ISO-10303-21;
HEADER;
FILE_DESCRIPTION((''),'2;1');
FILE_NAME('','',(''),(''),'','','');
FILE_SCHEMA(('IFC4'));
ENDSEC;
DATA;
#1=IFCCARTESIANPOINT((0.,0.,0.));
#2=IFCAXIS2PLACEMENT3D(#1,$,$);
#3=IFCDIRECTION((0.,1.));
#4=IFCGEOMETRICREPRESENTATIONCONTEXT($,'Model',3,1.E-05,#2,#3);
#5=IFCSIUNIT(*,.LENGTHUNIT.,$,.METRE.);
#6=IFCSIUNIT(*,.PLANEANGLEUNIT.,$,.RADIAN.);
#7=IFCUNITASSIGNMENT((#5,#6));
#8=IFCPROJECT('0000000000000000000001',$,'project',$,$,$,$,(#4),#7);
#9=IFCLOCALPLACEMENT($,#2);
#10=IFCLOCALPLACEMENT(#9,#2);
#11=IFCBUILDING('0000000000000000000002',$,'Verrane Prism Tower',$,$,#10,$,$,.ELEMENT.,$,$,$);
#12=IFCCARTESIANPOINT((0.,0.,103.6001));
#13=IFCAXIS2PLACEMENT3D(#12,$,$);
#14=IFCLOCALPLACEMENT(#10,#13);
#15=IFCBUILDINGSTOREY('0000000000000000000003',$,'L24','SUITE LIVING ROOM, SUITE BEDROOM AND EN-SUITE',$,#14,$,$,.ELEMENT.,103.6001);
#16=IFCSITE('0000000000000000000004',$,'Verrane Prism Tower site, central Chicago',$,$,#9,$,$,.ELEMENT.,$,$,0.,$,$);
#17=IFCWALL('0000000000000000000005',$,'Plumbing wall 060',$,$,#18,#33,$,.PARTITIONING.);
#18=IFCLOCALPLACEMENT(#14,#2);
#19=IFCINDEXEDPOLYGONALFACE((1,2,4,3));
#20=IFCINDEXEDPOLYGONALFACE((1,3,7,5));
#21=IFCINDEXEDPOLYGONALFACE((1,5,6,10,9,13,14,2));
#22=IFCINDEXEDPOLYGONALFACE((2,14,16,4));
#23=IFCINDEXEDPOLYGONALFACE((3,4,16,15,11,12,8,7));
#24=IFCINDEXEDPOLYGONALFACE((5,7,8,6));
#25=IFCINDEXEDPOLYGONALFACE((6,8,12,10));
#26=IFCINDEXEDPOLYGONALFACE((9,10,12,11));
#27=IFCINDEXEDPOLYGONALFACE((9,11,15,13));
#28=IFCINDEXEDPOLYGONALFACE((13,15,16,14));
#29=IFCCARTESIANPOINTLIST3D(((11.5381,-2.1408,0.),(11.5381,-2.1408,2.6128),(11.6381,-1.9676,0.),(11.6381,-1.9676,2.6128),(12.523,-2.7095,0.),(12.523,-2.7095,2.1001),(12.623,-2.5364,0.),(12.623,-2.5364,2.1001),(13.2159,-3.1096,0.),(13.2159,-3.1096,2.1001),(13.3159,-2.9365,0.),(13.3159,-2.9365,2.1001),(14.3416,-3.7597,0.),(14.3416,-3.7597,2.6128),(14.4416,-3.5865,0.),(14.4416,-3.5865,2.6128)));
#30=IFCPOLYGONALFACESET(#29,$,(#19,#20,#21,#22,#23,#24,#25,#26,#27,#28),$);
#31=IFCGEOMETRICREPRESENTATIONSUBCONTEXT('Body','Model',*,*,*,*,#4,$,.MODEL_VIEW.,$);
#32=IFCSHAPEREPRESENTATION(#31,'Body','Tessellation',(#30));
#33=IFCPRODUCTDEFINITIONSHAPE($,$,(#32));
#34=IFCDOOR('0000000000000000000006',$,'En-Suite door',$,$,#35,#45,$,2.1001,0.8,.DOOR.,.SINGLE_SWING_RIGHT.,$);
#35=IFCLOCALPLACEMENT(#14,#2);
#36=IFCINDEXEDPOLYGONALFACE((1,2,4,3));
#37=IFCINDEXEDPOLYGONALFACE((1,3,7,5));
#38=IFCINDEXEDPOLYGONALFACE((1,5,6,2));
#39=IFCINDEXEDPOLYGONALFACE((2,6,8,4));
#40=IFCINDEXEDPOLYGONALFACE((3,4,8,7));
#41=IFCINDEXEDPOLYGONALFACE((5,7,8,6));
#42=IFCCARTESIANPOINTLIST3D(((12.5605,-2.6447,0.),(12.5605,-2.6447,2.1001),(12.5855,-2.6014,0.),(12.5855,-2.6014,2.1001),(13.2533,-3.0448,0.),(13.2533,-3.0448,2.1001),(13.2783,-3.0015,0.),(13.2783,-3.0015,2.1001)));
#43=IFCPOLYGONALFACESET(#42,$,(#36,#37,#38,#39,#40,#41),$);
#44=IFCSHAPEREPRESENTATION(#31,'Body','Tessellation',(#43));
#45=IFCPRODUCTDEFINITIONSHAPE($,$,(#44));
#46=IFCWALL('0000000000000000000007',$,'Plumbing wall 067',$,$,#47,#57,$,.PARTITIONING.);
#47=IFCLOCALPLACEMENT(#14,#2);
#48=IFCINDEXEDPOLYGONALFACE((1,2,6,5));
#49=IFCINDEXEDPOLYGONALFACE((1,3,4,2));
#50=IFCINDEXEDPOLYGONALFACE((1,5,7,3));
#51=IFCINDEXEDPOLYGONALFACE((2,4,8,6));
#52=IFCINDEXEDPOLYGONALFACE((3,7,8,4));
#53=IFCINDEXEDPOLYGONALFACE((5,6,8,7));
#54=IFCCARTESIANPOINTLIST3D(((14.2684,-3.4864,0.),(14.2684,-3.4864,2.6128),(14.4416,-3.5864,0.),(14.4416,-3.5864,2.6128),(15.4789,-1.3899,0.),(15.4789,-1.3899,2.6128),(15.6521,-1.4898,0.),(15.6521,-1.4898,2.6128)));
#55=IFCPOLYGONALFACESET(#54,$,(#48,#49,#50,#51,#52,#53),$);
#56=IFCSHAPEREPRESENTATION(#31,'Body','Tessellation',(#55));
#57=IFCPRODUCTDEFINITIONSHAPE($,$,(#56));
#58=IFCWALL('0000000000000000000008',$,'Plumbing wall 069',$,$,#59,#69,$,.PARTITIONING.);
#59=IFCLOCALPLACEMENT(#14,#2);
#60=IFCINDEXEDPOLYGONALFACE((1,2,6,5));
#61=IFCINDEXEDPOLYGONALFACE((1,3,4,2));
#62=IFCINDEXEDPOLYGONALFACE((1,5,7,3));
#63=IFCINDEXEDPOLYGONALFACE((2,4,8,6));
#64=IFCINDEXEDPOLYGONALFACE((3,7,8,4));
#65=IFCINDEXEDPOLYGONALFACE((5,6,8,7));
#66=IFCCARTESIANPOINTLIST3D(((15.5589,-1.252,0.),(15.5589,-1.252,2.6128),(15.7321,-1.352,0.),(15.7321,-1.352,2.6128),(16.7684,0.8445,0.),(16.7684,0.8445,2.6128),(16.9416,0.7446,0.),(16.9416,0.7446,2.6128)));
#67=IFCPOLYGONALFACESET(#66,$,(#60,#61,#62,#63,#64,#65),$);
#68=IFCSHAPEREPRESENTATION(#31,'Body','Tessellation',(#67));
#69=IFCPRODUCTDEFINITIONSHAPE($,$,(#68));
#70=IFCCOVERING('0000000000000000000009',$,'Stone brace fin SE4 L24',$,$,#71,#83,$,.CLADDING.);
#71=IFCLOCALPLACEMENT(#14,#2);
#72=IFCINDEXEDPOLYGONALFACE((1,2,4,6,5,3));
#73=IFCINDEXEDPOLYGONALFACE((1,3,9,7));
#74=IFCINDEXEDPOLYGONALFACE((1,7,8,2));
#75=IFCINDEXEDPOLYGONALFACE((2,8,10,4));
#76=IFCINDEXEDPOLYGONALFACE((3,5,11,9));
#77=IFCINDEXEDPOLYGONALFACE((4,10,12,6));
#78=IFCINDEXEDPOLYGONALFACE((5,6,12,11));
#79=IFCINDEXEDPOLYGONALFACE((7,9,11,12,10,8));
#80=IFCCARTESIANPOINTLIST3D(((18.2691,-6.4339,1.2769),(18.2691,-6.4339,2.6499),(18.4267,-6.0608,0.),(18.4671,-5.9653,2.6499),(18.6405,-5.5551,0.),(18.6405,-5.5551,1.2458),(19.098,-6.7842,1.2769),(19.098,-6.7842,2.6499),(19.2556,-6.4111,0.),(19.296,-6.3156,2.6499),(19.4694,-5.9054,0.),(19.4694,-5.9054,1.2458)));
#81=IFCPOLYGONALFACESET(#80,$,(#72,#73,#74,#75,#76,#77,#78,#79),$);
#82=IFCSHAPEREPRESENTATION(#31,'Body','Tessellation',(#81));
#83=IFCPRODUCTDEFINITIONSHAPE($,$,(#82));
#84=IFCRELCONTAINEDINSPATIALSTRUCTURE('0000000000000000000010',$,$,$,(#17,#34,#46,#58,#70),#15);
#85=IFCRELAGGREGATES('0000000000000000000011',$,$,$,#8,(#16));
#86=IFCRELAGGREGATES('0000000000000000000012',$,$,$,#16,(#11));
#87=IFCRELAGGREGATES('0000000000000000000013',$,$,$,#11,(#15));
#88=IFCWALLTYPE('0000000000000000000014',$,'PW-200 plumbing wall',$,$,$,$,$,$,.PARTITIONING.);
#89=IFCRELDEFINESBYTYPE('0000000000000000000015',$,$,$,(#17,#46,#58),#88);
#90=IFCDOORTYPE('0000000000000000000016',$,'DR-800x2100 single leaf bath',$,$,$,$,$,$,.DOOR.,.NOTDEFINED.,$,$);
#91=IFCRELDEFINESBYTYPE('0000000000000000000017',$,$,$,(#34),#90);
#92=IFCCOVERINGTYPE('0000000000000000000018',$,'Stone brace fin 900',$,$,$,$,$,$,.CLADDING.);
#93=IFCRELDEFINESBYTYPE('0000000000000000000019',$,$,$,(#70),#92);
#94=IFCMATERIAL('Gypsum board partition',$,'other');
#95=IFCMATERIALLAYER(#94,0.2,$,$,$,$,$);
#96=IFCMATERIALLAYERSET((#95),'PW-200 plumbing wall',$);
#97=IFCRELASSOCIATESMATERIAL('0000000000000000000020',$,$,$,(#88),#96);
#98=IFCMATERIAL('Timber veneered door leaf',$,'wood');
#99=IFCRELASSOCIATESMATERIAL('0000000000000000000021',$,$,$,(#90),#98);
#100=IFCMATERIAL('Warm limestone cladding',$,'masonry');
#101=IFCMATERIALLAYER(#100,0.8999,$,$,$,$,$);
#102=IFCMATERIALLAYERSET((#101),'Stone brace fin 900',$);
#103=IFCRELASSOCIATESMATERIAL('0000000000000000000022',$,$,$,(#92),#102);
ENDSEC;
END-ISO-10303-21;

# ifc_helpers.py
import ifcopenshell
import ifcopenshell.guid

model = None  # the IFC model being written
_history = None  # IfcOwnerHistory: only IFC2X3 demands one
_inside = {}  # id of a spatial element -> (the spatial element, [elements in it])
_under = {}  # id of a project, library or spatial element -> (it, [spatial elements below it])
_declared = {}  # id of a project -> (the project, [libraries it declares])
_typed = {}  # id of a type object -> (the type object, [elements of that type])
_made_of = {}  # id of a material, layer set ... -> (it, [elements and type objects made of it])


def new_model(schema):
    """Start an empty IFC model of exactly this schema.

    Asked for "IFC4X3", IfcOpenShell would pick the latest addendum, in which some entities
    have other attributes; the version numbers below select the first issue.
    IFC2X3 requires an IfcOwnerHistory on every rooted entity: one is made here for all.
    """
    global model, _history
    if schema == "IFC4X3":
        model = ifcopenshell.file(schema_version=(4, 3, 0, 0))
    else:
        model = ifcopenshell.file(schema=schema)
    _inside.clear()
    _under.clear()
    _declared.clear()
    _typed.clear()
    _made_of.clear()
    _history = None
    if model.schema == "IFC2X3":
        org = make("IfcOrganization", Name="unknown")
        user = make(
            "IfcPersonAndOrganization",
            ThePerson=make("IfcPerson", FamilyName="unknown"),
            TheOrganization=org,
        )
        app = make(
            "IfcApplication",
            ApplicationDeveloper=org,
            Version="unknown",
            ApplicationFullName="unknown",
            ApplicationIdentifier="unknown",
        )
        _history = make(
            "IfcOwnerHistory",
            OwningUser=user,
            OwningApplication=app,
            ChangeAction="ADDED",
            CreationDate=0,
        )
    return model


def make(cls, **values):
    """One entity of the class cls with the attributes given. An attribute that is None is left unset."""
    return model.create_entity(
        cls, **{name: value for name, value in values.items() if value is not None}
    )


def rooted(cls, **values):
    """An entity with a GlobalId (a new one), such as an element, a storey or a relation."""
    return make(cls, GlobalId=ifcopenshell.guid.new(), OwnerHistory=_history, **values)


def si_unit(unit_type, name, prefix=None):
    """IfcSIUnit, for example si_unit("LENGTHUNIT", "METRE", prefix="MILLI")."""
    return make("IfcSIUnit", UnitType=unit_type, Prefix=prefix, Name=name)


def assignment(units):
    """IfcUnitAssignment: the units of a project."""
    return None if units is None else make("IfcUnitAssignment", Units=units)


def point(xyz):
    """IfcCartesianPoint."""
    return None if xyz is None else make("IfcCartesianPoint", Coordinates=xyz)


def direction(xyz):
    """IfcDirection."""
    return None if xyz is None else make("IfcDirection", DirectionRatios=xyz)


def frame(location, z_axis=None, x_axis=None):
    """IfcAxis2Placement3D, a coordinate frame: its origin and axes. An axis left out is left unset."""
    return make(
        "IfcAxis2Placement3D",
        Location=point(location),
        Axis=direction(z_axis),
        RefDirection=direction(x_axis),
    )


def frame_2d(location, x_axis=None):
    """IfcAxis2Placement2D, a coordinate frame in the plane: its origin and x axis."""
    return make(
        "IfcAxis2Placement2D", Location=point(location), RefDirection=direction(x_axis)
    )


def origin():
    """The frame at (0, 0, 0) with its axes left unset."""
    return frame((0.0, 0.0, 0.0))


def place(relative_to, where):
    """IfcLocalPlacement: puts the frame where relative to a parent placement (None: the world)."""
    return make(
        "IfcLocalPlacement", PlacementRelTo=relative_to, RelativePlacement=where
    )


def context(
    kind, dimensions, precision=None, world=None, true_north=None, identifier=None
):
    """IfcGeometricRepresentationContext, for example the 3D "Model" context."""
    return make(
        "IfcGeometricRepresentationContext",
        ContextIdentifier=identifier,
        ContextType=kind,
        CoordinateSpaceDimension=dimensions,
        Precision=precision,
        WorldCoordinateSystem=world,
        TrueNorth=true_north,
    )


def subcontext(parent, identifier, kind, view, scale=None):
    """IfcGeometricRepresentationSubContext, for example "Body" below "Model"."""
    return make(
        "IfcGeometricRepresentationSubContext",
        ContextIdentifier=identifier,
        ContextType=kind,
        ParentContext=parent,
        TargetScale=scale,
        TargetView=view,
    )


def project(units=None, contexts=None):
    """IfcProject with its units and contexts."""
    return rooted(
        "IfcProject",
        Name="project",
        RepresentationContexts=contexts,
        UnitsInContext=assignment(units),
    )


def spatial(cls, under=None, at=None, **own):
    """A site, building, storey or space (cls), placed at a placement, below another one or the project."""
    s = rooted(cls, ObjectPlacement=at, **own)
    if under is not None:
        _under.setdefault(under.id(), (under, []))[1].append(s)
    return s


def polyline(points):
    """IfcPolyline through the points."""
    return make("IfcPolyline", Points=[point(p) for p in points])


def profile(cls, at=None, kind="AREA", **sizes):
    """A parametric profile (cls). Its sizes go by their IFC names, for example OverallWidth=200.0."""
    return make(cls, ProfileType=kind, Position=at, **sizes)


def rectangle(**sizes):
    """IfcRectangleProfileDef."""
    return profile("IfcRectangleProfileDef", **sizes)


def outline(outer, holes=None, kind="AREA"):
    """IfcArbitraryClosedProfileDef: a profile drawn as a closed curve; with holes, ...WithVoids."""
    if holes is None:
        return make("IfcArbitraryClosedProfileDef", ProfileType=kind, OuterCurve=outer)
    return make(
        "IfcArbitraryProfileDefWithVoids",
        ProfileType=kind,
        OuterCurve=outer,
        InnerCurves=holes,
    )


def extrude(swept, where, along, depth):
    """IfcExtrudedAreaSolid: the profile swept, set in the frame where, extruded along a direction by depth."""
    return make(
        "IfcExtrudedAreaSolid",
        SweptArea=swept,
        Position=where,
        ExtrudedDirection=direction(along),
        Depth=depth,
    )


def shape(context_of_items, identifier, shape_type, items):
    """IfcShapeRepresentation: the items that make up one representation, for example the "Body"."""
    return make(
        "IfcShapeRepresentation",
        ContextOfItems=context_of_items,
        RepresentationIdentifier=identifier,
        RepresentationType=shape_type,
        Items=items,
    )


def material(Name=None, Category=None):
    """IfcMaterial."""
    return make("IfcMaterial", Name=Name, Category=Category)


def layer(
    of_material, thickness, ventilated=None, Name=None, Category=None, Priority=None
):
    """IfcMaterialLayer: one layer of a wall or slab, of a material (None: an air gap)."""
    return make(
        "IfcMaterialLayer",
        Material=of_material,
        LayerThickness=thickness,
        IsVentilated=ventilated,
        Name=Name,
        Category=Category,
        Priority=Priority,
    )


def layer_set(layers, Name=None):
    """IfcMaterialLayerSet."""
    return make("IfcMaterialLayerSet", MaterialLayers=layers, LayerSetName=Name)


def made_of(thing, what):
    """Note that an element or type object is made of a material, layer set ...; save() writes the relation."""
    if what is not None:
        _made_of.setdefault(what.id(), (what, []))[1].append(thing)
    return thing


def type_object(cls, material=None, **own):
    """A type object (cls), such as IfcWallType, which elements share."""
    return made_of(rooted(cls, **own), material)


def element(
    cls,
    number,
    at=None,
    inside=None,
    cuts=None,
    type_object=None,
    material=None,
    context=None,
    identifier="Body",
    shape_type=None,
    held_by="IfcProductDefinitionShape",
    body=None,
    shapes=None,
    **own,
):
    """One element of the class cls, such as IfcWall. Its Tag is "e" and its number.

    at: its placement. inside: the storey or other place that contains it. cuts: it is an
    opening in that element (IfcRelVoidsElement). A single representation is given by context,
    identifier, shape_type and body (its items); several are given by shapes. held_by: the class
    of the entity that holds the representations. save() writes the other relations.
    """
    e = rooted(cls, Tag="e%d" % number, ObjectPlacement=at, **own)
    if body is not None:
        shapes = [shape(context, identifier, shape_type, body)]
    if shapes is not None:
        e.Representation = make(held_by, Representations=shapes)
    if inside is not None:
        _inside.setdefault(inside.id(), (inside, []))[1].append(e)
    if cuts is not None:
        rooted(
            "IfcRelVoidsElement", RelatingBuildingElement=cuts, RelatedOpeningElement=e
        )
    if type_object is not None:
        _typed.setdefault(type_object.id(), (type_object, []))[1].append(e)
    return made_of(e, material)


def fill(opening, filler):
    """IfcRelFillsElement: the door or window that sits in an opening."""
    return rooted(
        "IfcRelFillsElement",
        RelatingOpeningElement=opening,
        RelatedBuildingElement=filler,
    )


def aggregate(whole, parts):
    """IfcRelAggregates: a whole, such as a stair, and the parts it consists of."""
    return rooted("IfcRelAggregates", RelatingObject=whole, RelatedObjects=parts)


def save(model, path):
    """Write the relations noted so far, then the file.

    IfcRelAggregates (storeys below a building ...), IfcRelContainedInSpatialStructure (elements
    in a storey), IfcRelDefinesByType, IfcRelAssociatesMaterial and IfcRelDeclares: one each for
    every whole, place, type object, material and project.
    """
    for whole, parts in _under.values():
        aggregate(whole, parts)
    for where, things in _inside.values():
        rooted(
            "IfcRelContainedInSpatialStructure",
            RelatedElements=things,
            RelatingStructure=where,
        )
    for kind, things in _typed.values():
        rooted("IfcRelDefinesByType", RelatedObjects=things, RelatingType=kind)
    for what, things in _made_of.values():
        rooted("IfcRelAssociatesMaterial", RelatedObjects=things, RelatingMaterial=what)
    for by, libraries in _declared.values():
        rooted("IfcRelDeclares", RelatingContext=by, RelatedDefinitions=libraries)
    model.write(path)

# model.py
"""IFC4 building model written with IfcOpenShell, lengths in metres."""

from ifc_helpers import new_model, si_unit, direction, frame, frame_2d, origin, place, context, subcontext, project, spatial, polyline, rectangle, outline, extrude, material, layer, layer_set, type_object, element, fill, save


model = new_model("IFC4")

# Units and contexts
model_context = context("Model", 3, precision=1e-05, world=origin(), true_north=direction((0.0, 1.0)))
body_context = subcontext(model_context, "Body", "Model", "MODEL_VIEW")
ifc_project = project(units=[si_unit("LENGTHUNIT", "METRE"), si_unit("PLANEANGLEUNIT", "RADIAN")], contexts=[model_context])

# Site, building, storey
site_placement = place(None, origin())
site = spatial("IfcSite", under=ifc_project, at=site_placement, Name="Verrane Prism Tower site, central Chicago", CompositionType="ELEMENT", RefElevation=0.0)
building_placement = place(site_placement, origin())
building = spatial("IfcBuilding", under=site, at=building_placement, Name="Verrane Prism Tower", CompositionType="ELEMENT")
storey_placement = place(building_placement, frame((0.0, 0.0, 103.6001)))
storey = spatial("IfcBuildingStorey", under=building, at=storey_placement, Name="L24", Description="SUITE LIVING ROOM, SUITE BEDROOM AND EN-SUITE", CompositionType="ELEMENT", Elevation=103.6001)

# Wall, opening, door
ifc_material_1 = material(Name="Gypsum board partition", Category="other")
ifc_layer_1 = layer(ifc_material_1, 0.2)
ifc_layer_set_1 = layer_set([ifc_layer_1], Name="PW-200 plumbing wall")
wall_type_1 = type_object("IfcWallType", Name="PW-200 plumbing wall", PredefinedType="PARTITIONING", material=ifc_layer_set_1)
wall_1_placement = place(storey_placement, frame((11.5881, -2.0542, 0.0), z_axis=(0.0, 0.0, 1.0), x_axis=(0.865983, -0.500073, 0.0)))
wall_1 = element("IfcWall", 1, at=wall_1_placement, inside=storey, type_object=wall_type_1, Name="Plumbing wall 060", PredefinedType="PARTITIONING", context=body_context, shape_type="SweptSolid", body=[
    extrude(rectangle(XDim=3.2373, YDim=0.2, at=frame_2d((1.6187, 0.0))), origin(), (0.0, 0.0, 1.0), 2.6128),
])
opening_1_placement = place(wall_1_placement, frame((1.1375, 0.0, 0.0)))
opening_1 = element("IfcOpeningElement", 2, at=opening_1_placement, cuts=wall_1, PredefinedType="OPENING", context=body_context, shape_type="SweptSolid", body=[
    extrude(rectangle(XDim=0.8, YDim=2.1001, at=frame_2d((0.3999, 1.05))), frame((0.0, 0.1099, 0.0), z_axis=(0.0, -1.0, 0.0), x_axis=(1.0, 0.0, 0.0)), (0.0, 0.0, 1.0), 0.22),
])
ifc_material_2 = material(Name="Timber veneered door leaf", Category="wood")
door_type_1 = type_object("IfcDoorType", Name="DR-800x2100 single leaf bath", OperationType="NOTDEFINED", PredefinedType="DOOR", material=ifc_material_2)
door_1_placement = place(opening_1_placement, origin())
door_1 = element("IfcDoor", 3, at=door_1_placement, inside=storey, type_object=door_type_1, Name="En-Suite door", OperationType="SINGLE_SWING_RIGHT", OverallHeight=2.1001, OverallWidth=0.8, PredefinedType="DOOR", context=body_context, shape_type="SweptSolid", body=[
    extrude(rectangle(XDim=0.8, YDim=2.1001, at=frame_2d((0.3999, 1.05))), frame((0.0, 0.0249, 0.0), z_axis=(0.0, -1.0, 0.0), x_axis=(1.0, 0.0, 0.0)), (0.0, 0.0, 1.0), 0.05),
])
fill(opening_1, door_1)

# Walls
wall_2_placement = place(storey_placement, frame((14.355, -3.5364, 0.0), z_axis=(0.0, 0.0, 1.0), x_axis=(0.500022, 0.866013, 0.0)))
element("IfcWall", 4, at=wall_2_placement, inside=storey, type_object=wall_type_1, Name="Plumbing wall 067", PredefinedType="PARTITIONING", context=body_context, shape_type="SweptSolid", body=[
    extrude(rectangle(XDim=2.4209, YDim=0.2, at=frame_2d((1.2104, 0.0))), origin(), (0.0, 0.0, 1.0), 2.6128),
])
wall_3_placement = place(storey_placement, frame((15.6455, -1.302, 0.0), z_axis=(0.0, 0.0, 1.0), x_axis=(0.49972, 0.866187, 0.0)))
element("IfcWall", 5, at=wall_3_placement, inside=storey, type_object=wall_type_1, Name="Plumbing wall 069", PredefinedType="PARTITIONING", context=body_context, shape_type="SweptSolid", body=[
    extrude(rectangle(XDim=2.4204, YDim=0.2, at=frame_2d((1.2102, 0.0))), origin(), (0.0, 0.0, 1.0), 2.6128),
])

# Covering
ifc_material_3 = material(Name="Warm limestone cladding", Category="masonry")
ifc_layer_2 = layer(ifc_material_3, 0.8999)
ifc_layer_set_2 = layer_set([ifc_layer_2], Name="Stone brace fin 900")
covering_type = type_object("IfcCoveringType", Name="Stone brace fin 900", PredefinedType="CLADDING", material=ifc_layer_set_2)
covering_placement = place(storey_placement, frame((19.0549, -5.7302, 0.0), z_axis=(0.0, 0.0, 1.0), x_axis=(-0.389281, -0.921119, 0.0)))
element("IfcCovering", 6, at=covering_placement, inside=storey, type_object=covering_type, Name="Stone brace fin SE4 L24", PredefinedType="CLADDING", context=body_context, shape_type="SweptSolid", body=[
    extrude(outline(polyline([(0.9541, 2.6499), (0.4453, 2.6499), (0.0, 1.2458), (0.0, 0.0), (0.5491, 0.0), (0.9541, 1.2769), (0.9541, 2.6499)])), frame((0.0, 0.45, 0.0), z_axis=(0.0, -1.0, 0.0), x_axis=(1.0, 0.0, 0.0)), (0.0, 0.0, 1.0), 0.8999),
])

save(model, "model.ifc")
